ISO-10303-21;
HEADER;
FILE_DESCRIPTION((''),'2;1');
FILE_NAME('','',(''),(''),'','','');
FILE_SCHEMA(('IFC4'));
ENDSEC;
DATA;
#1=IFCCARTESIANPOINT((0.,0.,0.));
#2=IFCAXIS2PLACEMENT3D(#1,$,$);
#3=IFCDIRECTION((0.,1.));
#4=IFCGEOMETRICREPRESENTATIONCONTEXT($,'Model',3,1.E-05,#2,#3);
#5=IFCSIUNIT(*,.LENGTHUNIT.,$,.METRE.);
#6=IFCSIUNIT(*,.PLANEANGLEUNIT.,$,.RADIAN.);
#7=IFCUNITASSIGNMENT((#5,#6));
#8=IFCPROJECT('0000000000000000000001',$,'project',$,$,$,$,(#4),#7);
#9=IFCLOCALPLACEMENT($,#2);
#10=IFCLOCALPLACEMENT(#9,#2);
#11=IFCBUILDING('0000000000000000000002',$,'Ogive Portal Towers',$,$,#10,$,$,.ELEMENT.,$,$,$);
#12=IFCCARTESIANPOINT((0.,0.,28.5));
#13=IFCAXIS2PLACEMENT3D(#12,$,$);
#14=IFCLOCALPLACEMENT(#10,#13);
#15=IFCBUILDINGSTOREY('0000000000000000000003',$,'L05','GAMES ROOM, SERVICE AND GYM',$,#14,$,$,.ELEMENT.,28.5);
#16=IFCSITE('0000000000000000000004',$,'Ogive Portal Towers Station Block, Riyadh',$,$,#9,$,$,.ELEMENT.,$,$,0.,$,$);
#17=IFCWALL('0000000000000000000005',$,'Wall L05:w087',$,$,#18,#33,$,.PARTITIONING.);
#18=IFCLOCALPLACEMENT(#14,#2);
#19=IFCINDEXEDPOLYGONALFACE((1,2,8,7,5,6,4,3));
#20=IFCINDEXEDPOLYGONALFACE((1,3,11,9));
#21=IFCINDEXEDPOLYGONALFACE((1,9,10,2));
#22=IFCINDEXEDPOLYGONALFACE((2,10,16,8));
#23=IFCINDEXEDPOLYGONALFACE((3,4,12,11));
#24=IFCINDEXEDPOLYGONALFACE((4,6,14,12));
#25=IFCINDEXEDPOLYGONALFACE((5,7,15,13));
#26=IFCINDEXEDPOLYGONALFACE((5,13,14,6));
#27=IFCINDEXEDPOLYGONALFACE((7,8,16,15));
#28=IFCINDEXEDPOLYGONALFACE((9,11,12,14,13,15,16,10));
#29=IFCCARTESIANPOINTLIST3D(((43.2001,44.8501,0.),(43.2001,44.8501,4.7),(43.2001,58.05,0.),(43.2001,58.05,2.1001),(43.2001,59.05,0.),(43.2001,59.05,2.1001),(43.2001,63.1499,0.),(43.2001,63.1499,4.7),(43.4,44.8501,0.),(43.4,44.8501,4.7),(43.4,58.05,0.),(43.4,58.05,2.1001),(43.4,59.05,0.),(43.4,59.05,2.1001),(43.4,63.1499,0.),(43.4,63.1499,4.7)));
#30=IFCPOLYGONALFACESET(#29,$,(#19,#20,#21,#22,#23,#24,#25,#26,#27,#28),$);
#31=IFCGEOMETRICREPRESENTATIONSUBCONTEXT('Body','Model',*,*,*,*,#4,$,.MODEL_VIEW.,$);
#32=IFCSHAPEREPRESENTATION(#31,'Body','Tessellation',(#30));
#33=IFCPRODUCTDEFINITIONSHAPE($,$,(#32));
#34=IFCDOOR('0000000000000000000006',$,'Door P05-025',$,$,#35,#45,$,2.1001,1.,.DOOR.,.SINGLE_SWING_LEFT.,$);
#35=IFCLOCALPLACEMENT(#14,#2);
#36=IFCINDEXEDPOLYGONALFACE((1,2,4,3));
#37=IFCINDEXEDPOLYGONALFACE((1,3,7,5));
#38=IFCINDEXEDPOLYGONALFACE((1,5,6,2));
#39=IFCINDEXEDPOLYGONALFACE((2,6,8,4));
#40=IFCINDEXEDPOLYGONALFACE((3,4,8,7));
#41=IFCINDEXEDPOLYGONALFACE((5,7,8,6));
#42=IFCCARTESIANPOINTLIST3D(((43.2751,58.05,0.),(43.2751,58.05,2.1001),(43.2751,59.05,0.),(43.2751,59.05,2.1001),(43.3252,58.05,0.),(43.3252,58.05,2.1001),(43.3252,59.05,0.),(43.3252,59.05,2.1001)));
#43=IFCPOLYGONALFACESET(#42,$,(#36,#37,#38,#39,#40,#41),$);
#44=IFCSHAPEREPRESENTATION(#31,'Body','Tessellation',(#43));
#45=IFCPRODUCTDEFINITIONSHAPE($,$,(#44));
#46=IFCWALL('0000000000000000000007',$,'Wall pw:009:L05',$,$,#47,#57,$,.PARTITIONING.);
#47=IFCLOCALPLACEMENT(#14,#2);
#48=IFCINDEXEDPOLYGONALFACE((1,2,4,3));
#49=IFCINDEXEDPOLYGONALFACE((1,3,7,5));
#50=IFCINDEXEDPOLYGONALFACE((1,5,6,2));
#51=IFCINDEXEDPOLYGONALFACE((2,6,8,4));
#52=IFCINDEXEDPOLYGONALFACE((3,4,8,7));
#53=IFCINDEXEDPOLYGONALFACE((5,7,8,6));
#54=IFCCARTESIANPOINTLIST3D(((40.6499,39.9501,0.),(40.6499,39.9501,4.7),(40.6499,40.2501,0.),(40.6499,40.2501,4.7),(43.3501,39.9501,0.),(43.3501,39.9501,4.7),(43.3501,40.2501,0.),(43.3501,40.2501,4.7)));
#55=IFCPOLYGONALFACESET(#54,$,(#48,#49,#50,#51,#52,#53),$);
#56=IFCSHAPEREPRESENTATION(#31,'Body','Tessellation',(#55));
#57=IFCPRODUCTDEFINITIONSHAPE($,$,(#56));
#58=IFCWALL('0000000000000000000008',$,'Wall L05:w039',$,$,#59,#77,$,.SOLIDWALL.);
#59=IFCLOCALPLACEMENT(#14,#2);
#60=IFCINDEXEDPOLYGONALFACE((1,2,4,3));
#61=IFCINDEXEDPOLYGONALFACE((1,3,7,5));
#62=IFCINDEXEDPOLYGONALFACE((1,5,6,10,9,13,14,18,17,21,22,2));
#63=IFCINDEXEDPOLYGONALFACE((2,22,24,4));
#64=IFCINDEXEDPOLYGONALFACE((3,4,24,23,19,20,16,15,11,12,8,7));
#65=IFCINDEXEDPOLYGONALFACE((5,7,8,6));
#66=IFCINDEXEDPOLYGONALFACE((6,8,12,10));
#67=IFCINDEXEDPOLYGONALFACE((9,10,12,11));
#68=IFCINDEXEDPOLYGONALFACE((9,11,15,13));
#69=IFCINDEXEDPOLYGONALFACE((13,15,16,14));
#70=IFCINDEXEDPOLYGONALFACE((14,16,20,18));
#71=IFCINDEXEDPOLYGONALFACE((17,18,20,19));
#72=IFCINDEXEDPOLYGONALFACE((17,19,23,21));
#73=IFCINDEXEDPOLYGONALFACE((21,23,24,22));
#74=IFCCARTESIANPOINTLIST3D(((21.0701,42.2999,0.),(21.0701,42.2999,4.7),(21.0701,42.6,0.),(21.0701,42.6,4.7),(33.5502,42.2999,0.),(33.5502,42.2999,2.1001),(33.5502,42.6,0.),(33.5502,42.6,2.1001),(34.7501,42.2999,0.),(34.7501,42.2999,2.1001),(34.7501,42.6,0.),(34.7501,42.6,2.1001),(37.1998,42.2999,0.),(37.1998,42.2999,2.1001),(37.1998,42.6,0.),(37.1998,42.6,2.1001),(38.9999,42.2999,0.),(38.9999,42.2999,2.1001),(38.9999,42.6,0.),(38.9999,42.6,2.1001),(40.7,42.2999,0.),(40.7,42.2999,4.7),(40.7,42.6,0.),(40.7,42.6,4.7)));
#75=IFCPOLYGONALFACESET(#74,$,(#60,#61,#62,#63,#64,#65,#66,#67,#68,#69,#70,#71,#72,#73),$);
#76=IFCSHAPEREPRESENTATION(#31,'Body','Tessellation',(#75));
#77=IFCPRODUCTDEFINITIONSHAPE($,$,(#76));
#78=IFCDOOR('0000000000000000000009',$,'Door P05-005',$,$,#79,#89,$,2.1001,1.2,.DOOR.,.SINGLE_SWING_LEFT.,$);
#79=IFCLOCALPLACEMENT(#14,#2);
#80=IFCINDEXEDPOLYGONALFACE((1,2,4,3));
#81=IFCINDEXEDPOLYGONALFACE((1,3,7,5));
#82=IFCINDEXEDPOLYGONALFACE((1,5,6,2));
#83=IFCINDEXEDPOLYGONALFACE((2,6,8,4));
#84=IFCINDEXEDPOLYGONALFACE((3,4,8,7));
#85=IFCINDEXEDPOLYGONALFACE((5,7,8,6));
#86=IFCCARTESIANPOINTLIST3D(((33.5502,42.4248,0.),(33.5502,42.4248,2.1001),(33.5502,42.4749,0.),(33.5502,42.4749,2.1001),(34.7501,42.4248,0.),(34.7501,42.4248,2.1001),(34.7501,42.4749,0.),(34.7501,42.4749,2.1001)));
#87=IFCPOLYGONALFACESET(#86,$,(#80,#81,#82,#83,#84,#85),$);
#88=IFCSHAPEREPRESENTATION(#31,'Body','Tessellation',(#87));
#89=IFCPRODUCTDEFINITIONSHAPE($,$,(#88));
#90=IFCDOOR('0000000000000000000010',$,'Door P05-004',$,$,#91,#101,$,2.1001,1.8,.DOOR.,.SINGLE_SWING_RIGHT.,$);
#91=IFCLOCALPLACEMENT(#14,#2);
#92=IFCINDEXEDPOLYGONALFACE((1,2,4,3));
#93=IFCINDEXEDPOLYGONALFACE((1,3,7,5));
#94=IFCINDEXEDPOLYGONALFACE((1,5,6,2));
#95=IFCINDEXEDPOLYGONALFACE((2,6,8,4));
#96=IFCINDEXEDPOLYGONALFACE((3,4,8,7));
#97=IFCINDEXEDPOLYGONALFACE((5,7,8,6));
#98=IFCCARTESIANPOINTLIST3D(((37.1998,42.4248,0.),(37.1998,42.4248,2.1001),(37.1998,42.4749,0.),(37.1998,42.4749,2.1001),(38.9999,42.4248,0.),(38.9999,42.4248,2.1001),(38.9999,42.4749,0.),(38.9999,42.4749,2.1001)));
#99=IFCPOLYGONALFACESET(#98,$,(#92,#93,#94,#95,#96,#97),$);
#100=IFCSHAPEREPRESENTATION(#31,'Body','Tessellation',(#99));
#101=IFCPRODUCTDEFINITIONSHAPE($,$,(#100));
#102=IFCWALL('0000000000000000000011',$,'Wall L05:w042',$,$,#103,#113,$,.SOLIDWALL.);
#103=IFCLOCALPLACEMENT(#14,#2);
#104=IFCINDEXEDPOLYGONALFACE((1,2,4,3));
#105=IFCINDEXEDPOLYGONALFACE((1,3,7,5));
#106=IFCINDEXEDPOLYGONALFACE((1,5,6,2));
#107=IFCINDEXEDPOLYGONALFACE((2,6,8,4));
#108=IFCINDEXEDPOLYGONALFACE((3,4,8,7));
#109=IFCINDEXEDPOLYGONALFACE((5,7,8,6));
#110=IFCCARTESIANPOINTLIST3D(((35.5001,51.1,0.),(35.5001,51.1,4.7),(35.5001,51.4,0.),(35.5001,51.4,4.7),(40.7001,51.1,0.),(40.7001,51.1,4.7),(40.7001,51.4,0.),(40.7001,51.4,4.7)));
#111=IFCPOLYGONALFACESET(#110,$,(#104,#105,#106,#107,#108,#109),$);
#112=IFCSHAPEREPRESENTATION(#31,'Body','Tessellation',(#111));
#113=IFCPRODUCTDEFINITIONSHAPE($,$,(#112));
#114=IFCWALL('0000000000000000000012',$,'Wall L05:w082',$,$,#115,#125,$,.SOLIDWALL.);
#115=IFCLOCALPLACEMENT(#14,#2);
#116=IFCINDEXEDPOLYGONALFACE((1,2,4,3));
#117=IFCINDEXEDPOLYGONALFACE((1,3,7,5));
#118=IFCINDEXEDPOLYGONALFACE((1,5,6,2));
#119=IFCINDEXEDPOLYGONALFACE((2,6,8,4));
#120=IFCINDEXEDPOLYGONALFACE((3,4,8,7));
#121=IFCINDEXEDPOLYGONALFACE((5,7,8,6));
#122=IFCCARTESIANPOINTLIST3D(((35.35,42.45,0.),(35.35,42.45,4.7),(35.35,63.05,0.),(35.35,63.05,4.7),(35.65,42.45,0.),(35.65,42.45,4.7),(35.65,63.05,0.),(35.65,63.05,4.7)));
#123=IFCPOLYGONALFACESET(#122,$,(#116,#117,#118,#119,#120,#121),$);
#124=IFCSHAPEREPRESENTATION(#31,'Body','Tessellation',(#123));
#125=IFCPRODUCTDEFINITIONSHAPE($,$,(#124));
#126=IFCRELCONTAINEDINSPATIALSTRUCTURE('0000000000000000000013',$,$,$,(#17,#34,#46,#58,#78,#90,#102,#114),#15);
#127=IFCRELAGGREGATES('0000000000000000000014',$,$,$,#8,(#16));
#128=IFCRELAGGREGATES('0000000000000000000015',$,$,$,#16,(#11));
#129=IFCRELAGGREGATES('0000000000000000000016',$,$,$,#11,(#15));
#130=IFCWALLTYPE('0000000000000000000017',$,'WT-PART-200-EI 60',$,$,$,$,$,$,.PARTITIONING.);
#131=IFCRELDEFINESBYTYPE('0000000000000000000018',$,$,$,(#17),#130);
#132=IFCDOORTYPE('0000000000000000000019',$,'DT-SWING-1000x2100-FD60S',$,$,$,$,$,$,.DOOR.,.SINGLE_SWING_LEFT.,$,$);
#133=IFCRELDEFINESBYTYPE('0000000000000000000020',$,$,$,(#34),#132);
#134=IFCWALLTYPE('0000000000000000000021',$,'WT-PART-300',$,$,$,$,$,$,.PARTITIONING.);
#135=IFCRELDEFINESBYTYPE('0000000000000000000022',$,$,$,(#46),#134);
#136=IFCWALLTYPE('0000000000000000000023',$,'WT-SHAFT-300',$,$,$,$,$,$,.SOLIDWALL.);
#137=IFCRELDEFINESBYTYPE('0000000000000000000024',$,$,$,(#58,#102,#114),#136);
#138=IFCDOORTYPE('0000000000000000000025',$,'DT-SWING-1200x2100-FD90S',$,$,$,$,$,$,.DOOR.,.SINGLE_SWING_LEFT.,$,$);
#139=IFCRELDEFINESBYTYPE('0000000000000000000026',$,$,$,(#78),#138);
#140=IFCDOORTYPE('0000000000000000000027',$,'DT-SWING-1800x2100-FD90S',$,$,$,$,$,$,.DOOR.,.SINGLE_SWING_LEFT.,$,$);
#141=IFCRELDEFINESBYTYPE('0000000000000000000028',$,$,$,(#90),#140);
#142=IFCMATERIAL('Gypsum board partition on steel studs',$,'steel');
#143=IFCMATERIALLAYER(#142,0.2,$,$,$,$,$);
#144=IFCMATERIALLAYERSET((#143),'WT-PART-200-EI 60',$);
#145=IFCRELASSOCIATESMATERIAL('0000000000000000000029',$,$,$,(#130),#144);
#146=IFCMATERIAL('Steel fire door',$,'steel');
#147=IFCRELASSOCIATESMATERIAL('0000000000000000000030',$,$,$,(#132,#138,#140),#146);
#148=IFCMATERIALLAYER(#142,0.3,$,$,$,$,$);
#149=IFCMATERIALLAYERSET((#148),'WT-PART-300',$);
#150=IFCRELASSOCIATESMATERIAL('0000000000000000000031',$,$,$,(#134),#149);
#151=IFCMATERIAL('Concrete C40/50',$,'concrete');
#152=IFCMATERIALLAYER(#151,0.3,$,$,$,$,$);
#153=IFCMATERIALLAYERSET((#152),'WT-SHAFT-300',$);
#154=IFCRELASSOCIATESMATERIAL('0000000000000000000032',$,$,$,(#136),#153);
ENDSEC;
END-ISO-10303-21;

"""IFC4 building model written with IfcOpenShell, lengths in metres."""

from ifc_helpers import new_model, si_unit, direction, frame, frame_2d, origin, place, context, subcontext, project, spatial, rectangle, extrude, material, layer, layer_set, type_object, element, fill, save


model = new_model("IFC4")

# Units and contexts
model_context = context("Model", 3, precision=1e-05, world=origin(), true_north=direction((0.0, 1.0)))
body_context = subcontext(model_context, "Body", "Model", "MODEL_VIEW")
ifc_project = project(units=[si_unit("LENGTHUNIT", "METRE"), si_unit("PLANEANGLEUNIT", "RADIAN")], contexts=[model_context])

# Site, building, storey
site_placement = place(None, origin())
site = spatial("IfcSite", under=ifc_project, at=site_placement, Name="Ogive Portal Towers Station Block, Riyadh", CompositionType="ELEMENT", RefElevation=0.0)
building_placement = place(site_placement, origin())
building = spatial("IfcBuilding", under=site, at=building_placement, Name="Ogive Portal Towers", CompositionType="ELEMENT")
storey_placement = place(building_placement, frame((0.0, 0.0, 28.5)))
storey = spatial("IfcBuildingStorey", under=building, at=storey_placement, Name="L05", Description="GAMES ROOM, SERVICE AND GYM", CompositionType="ELEMENT", Elevation=28.5)

# Wall, opening, door
ifc_material_1 = material(Name="Gypsum board partition on steel studs", Category="steel")
ifc_layer_1 = layer(ifc_material_1, 0.2)
ifc_layer_set_1 = layer_set([ifc_layer_1], Name="WT-PART-200-EI 60")
wall_type_1 = type_object("IfcWallType", Name="WT-PART-200-EI 60", PredefinedType="PARTITIONING", material=ifc_layer_set_1)
ifc_material_2 = material(Name="Steel fire door", Category="steel")
door_type_1 = type_object("IfcDoorType", Name="DT-SWING-1000x2100-FD60S", OperationType="SINGLE_SWING_LEFT", PredefinedType="DOOR", material=ifc_material_2)
wall_1_placement = place(storey_placement, frame((43.3, 44.8501, 0.0), z_axis=(0.0, 0.0, 1.0), x_axis=(0.0, 1.0, 0.0)))
wall_1 = element("IfcWall", 1, at=wall_1_placement, inside=storey, type_object=wall_type_1, Name="Wall L05:w087", PredefinedType="PARTITIONING", context=body_context, shape_type="SweptSolid", body=[
    extrude(rectangle(XDim=18.2998, YDim=0.2, at=frame_2d((9.1499, 0.0))), origin(), (0.0, 0.0, 1.0), 4.7),
])
opening_1_placement = place(wall_1_placement, frame((13.2, 0.0, 0.0)))
opening_1 = element("IfcOpeningElement", 2, at=opening_1_placement, cuts=wall_1, PredefinedType="OPENING", context=body_context, shape_type="SweptSolid", body=[
    extrude(rectangle(XDim=1.0, YDim=2.1001, at=frame_2d((0.5, 1.05))), frame((0.0, 0.1099, 0.0), z_axis=(0.0, -1.0, 0.0), x_axis=(1.0, 0.0, 0.0)), (0.0, 0.0, 1.0), 0.22),
])
door_1_placement = place(opening_1_placement, origin())
door_1 = element("IfcDoor", 3, at=door_1_placement, inside=storey, type_object=door_type_1, Name="Door P05-025", OperationType="SINGLE_SWING_LEFT", OverallHeight=2.1001, OverallWidth=1.0, PredefinedType="DOOR", context=body_context, shape_type="SweptSolid", body=[
    extrude(rectangle(XDim=1.0, YDim=2.1001, at=frame_2d((0.5, 1.05))), frame((0.0, 0.0249, 0.0), z_axis=(0.0, -1.0, 0.0), x_axis=(1.0, 0.0, 0.0)), (0.0, 0.0, 1.0), 0.05),
])
fill(opening_1, door_1)

# Wall
ifc_layer_2 = layer(ifc_material_1, 0.3)
ifc_layer_set_2 = layer_set([ifc_layer_2], Name="WT-PART-300")
wall_type_2 = type_object("IfcWallType", Name="WT-PART-300", PredefinedType="PARTITIONING", material=ifc_layer_set_2)
wall_2_placement = place(storey_placement, frame((40.6499, 40.1001, 0.0), z_axis=(0.0, 0.0, 1.0), x_axis=(1.0, 0.0, 0.0)))
element("IfcWall", 4, at=wall_2_placement, inside=storey, type_object=wall_type_2, Name="Wall pw:009:L05", PredefinedType="PARTITIONING", context=body_context, shape_type="SweptSolid", body=[
    extrude(rectangle(XDim=2.7002, YDim=0.3, at=frame_2d((1.3501, 0.0))), origin(), (0.0, 0.0, 1.0), 4.7),
])

# Wall, openings, doors
ifc_material_3 = material(Name="Concrete C40/50", Category="concrete")
ifc_layer_3 = layer(ifc_material_3, 0.3)
ifc_layer_set_3 = layer_set([ifc_layer_3], Name="WT-SHAFT-300")
wall_type_3 = type_object("IfcWallType", Name="WT-SHAFT-300", PredefinedType="SOLIDWALL", material=ifc_layer_set_3)
wall_3_placement = place(storey_placement, frame((21.0701, 42.45, 0.0), z_axis=(0.0, 0.0, 1.0), x_axis=(1.0, 0.0, 0.0)))
wall_3 = element("IfcWall", 5, at=wall_3_placement, inside=storey, type_object=wall_type_3, Name="Wall L05:w039", PredefinedType="SOLIDWALL", context=body_context, shape_type="SweptSolid", body=[
    extrude(rectangle(XDim=19.6299, YDim=0.3, at=frame_2d((9.8149, 0.0))), origin(), (0.0, 0.0, 1.0), 4.7),
])
opening_2_placement = place(wall_3_placement, frame((16.1299, 0.0, 0.0)))
opening_2 = element("IfcOpeningElement", 6, at=opening_2_placement, cuts=wall_3, PredefinedType="OPENING", context=body_context, shape_type="SweptSolid", body=[
    extrude(rectangle(XDim=1.8, YDim=2.1001, at=frame_2d((0.8999, 1.05))), frame((0.0, 0.1602, 0.0), z_axis=(0.0, -1.0, 0.0), x_axis=(1.0, 0.0, 0.0)), (0.0, 0.0, 1.0), 0.3201),
])
opening_3_placement = place(wall_3_placement, frame((12.48, 0.0, 0.0)))
opening_3 = element("IfcOpeningElement", 7, at=opening_3_placement, cuts=wall_3, PredefinedType="OPENING", context=body_context, shape_type="SweptSolid", body=[
    extrude(rectangle(XDim=1.2, YDim=2.1001, at=frame_2d((0.6001, 1.05))), frame((0.0, 0.1602, 0.0), z_axis=(0.0, -1.0, 0.0), x_axis=(1.0, 0.0, 0.0)), (0.0, 0.0, 1.0), 0.3201),
])
door_type_2 = type_object("IfcDoorType", Name="DT-SWING-1200x2100-FD90S", OperationType="SINGLE_SWING_LEFT", PredefinedType="DOOR", material=ifc_material_2)
door_2_placement = place(opening_3_placement, origin())
door_2 = element("IfcDoor", 8, at=door_2_placement, inside=storey, type_object=door_type_2, Name="Door P05-005", OperationType="SINGLE_SWING_LEFT", OverallHeight=2.1001, OverallWidth=1.2, PredefinedType="DOOR", context=body_context, shape_type="SweptSolid", body=[
    extrude(rectangle(XDim=1.2, YDim=2.1001, at=frame_2d((0.6001, 1.05))), frame((0.0, 0.0249, 0.0), z_axis=(0.0, -1.0, 0.0), x_axis=(1.0, 0.0, 0.0)), (0.0, 0.0, 1.0), 0.05),
])
fill(opening_3, door_2)
door_type_3 = type_object("IfcDoorType", Name="DT-SWING-1800x2100-FD90S", OperationType="SINGLE_SWING_LEFT", PredefinedType="DOOR", material=ifc_material_2)
door_3_placement = place(opening_2_placement, origin())
door_3 = element("IfcDoor", 9, at=door_3_placement, inside=storey, type_object=door_type_3, Name="Door P05-004", OperationType="SINGLE_SWING_RIGHT", OverallHeight=2.1001, OverallWidth=1.8, PredefinedType="DOOR", context=body_context, shape_type="SweptSolid", body=[
    extrude(rectangle(XDim=1.8, YDim=2.1001, at=frame_2d((0.8999, 1.05))), frame((0.0, 0.0249, 0.0), z_axis=(0.0, -1.0, 0.0), x_axis=(1.0, 0.0, 0.0)), (0.0, 0.0, 1.0), 0.05),
])
fill(opening_2, door_3)

# Walls
wall_4_placement = place(storey_placement, frame((35.5, 51.25, 0.0), z_axis=(0.0, 0.0, 1.0), x_axis=(1.0, 0.0, 0.0)))
element("IfcWall", 10, at=wall_4_placement, inside=storey, type_object=wall_type_3, Name="Wall L05:w042", PredefinedType="SOLIDWALL", context=body_context, shape_type="SweptSolid", body=[
    extrude(rectangle(XDim=5.2, YDim=0.3, at=frame_2d((2.6001, 0.0))), origin(), (0.0, 0.0, 1.0), 4.7),
])
wall_5_placement = place(storey_placement, frame((35.5, 42.45, 0.0), z_axis=(0.0, 0.0, 1.0), x_axis=(0.0, 1.0, 0.0)))
element("IfcWall", 11, at=wall_5_placement, inside=storey, type_object=wall_type_3, Name="Wall L05:w082", PredefinedType="SOLIDWALL", context=body_context, shape_type="SweptSolid", body=[
    extrude(rectangle(XDim=20.6001, YDim=0.3, at=frame_2d((10.3, 0.0))), origin(), (0.0, 0.0, 1.0), 4.7),
])

save(model, "model.ifc")
